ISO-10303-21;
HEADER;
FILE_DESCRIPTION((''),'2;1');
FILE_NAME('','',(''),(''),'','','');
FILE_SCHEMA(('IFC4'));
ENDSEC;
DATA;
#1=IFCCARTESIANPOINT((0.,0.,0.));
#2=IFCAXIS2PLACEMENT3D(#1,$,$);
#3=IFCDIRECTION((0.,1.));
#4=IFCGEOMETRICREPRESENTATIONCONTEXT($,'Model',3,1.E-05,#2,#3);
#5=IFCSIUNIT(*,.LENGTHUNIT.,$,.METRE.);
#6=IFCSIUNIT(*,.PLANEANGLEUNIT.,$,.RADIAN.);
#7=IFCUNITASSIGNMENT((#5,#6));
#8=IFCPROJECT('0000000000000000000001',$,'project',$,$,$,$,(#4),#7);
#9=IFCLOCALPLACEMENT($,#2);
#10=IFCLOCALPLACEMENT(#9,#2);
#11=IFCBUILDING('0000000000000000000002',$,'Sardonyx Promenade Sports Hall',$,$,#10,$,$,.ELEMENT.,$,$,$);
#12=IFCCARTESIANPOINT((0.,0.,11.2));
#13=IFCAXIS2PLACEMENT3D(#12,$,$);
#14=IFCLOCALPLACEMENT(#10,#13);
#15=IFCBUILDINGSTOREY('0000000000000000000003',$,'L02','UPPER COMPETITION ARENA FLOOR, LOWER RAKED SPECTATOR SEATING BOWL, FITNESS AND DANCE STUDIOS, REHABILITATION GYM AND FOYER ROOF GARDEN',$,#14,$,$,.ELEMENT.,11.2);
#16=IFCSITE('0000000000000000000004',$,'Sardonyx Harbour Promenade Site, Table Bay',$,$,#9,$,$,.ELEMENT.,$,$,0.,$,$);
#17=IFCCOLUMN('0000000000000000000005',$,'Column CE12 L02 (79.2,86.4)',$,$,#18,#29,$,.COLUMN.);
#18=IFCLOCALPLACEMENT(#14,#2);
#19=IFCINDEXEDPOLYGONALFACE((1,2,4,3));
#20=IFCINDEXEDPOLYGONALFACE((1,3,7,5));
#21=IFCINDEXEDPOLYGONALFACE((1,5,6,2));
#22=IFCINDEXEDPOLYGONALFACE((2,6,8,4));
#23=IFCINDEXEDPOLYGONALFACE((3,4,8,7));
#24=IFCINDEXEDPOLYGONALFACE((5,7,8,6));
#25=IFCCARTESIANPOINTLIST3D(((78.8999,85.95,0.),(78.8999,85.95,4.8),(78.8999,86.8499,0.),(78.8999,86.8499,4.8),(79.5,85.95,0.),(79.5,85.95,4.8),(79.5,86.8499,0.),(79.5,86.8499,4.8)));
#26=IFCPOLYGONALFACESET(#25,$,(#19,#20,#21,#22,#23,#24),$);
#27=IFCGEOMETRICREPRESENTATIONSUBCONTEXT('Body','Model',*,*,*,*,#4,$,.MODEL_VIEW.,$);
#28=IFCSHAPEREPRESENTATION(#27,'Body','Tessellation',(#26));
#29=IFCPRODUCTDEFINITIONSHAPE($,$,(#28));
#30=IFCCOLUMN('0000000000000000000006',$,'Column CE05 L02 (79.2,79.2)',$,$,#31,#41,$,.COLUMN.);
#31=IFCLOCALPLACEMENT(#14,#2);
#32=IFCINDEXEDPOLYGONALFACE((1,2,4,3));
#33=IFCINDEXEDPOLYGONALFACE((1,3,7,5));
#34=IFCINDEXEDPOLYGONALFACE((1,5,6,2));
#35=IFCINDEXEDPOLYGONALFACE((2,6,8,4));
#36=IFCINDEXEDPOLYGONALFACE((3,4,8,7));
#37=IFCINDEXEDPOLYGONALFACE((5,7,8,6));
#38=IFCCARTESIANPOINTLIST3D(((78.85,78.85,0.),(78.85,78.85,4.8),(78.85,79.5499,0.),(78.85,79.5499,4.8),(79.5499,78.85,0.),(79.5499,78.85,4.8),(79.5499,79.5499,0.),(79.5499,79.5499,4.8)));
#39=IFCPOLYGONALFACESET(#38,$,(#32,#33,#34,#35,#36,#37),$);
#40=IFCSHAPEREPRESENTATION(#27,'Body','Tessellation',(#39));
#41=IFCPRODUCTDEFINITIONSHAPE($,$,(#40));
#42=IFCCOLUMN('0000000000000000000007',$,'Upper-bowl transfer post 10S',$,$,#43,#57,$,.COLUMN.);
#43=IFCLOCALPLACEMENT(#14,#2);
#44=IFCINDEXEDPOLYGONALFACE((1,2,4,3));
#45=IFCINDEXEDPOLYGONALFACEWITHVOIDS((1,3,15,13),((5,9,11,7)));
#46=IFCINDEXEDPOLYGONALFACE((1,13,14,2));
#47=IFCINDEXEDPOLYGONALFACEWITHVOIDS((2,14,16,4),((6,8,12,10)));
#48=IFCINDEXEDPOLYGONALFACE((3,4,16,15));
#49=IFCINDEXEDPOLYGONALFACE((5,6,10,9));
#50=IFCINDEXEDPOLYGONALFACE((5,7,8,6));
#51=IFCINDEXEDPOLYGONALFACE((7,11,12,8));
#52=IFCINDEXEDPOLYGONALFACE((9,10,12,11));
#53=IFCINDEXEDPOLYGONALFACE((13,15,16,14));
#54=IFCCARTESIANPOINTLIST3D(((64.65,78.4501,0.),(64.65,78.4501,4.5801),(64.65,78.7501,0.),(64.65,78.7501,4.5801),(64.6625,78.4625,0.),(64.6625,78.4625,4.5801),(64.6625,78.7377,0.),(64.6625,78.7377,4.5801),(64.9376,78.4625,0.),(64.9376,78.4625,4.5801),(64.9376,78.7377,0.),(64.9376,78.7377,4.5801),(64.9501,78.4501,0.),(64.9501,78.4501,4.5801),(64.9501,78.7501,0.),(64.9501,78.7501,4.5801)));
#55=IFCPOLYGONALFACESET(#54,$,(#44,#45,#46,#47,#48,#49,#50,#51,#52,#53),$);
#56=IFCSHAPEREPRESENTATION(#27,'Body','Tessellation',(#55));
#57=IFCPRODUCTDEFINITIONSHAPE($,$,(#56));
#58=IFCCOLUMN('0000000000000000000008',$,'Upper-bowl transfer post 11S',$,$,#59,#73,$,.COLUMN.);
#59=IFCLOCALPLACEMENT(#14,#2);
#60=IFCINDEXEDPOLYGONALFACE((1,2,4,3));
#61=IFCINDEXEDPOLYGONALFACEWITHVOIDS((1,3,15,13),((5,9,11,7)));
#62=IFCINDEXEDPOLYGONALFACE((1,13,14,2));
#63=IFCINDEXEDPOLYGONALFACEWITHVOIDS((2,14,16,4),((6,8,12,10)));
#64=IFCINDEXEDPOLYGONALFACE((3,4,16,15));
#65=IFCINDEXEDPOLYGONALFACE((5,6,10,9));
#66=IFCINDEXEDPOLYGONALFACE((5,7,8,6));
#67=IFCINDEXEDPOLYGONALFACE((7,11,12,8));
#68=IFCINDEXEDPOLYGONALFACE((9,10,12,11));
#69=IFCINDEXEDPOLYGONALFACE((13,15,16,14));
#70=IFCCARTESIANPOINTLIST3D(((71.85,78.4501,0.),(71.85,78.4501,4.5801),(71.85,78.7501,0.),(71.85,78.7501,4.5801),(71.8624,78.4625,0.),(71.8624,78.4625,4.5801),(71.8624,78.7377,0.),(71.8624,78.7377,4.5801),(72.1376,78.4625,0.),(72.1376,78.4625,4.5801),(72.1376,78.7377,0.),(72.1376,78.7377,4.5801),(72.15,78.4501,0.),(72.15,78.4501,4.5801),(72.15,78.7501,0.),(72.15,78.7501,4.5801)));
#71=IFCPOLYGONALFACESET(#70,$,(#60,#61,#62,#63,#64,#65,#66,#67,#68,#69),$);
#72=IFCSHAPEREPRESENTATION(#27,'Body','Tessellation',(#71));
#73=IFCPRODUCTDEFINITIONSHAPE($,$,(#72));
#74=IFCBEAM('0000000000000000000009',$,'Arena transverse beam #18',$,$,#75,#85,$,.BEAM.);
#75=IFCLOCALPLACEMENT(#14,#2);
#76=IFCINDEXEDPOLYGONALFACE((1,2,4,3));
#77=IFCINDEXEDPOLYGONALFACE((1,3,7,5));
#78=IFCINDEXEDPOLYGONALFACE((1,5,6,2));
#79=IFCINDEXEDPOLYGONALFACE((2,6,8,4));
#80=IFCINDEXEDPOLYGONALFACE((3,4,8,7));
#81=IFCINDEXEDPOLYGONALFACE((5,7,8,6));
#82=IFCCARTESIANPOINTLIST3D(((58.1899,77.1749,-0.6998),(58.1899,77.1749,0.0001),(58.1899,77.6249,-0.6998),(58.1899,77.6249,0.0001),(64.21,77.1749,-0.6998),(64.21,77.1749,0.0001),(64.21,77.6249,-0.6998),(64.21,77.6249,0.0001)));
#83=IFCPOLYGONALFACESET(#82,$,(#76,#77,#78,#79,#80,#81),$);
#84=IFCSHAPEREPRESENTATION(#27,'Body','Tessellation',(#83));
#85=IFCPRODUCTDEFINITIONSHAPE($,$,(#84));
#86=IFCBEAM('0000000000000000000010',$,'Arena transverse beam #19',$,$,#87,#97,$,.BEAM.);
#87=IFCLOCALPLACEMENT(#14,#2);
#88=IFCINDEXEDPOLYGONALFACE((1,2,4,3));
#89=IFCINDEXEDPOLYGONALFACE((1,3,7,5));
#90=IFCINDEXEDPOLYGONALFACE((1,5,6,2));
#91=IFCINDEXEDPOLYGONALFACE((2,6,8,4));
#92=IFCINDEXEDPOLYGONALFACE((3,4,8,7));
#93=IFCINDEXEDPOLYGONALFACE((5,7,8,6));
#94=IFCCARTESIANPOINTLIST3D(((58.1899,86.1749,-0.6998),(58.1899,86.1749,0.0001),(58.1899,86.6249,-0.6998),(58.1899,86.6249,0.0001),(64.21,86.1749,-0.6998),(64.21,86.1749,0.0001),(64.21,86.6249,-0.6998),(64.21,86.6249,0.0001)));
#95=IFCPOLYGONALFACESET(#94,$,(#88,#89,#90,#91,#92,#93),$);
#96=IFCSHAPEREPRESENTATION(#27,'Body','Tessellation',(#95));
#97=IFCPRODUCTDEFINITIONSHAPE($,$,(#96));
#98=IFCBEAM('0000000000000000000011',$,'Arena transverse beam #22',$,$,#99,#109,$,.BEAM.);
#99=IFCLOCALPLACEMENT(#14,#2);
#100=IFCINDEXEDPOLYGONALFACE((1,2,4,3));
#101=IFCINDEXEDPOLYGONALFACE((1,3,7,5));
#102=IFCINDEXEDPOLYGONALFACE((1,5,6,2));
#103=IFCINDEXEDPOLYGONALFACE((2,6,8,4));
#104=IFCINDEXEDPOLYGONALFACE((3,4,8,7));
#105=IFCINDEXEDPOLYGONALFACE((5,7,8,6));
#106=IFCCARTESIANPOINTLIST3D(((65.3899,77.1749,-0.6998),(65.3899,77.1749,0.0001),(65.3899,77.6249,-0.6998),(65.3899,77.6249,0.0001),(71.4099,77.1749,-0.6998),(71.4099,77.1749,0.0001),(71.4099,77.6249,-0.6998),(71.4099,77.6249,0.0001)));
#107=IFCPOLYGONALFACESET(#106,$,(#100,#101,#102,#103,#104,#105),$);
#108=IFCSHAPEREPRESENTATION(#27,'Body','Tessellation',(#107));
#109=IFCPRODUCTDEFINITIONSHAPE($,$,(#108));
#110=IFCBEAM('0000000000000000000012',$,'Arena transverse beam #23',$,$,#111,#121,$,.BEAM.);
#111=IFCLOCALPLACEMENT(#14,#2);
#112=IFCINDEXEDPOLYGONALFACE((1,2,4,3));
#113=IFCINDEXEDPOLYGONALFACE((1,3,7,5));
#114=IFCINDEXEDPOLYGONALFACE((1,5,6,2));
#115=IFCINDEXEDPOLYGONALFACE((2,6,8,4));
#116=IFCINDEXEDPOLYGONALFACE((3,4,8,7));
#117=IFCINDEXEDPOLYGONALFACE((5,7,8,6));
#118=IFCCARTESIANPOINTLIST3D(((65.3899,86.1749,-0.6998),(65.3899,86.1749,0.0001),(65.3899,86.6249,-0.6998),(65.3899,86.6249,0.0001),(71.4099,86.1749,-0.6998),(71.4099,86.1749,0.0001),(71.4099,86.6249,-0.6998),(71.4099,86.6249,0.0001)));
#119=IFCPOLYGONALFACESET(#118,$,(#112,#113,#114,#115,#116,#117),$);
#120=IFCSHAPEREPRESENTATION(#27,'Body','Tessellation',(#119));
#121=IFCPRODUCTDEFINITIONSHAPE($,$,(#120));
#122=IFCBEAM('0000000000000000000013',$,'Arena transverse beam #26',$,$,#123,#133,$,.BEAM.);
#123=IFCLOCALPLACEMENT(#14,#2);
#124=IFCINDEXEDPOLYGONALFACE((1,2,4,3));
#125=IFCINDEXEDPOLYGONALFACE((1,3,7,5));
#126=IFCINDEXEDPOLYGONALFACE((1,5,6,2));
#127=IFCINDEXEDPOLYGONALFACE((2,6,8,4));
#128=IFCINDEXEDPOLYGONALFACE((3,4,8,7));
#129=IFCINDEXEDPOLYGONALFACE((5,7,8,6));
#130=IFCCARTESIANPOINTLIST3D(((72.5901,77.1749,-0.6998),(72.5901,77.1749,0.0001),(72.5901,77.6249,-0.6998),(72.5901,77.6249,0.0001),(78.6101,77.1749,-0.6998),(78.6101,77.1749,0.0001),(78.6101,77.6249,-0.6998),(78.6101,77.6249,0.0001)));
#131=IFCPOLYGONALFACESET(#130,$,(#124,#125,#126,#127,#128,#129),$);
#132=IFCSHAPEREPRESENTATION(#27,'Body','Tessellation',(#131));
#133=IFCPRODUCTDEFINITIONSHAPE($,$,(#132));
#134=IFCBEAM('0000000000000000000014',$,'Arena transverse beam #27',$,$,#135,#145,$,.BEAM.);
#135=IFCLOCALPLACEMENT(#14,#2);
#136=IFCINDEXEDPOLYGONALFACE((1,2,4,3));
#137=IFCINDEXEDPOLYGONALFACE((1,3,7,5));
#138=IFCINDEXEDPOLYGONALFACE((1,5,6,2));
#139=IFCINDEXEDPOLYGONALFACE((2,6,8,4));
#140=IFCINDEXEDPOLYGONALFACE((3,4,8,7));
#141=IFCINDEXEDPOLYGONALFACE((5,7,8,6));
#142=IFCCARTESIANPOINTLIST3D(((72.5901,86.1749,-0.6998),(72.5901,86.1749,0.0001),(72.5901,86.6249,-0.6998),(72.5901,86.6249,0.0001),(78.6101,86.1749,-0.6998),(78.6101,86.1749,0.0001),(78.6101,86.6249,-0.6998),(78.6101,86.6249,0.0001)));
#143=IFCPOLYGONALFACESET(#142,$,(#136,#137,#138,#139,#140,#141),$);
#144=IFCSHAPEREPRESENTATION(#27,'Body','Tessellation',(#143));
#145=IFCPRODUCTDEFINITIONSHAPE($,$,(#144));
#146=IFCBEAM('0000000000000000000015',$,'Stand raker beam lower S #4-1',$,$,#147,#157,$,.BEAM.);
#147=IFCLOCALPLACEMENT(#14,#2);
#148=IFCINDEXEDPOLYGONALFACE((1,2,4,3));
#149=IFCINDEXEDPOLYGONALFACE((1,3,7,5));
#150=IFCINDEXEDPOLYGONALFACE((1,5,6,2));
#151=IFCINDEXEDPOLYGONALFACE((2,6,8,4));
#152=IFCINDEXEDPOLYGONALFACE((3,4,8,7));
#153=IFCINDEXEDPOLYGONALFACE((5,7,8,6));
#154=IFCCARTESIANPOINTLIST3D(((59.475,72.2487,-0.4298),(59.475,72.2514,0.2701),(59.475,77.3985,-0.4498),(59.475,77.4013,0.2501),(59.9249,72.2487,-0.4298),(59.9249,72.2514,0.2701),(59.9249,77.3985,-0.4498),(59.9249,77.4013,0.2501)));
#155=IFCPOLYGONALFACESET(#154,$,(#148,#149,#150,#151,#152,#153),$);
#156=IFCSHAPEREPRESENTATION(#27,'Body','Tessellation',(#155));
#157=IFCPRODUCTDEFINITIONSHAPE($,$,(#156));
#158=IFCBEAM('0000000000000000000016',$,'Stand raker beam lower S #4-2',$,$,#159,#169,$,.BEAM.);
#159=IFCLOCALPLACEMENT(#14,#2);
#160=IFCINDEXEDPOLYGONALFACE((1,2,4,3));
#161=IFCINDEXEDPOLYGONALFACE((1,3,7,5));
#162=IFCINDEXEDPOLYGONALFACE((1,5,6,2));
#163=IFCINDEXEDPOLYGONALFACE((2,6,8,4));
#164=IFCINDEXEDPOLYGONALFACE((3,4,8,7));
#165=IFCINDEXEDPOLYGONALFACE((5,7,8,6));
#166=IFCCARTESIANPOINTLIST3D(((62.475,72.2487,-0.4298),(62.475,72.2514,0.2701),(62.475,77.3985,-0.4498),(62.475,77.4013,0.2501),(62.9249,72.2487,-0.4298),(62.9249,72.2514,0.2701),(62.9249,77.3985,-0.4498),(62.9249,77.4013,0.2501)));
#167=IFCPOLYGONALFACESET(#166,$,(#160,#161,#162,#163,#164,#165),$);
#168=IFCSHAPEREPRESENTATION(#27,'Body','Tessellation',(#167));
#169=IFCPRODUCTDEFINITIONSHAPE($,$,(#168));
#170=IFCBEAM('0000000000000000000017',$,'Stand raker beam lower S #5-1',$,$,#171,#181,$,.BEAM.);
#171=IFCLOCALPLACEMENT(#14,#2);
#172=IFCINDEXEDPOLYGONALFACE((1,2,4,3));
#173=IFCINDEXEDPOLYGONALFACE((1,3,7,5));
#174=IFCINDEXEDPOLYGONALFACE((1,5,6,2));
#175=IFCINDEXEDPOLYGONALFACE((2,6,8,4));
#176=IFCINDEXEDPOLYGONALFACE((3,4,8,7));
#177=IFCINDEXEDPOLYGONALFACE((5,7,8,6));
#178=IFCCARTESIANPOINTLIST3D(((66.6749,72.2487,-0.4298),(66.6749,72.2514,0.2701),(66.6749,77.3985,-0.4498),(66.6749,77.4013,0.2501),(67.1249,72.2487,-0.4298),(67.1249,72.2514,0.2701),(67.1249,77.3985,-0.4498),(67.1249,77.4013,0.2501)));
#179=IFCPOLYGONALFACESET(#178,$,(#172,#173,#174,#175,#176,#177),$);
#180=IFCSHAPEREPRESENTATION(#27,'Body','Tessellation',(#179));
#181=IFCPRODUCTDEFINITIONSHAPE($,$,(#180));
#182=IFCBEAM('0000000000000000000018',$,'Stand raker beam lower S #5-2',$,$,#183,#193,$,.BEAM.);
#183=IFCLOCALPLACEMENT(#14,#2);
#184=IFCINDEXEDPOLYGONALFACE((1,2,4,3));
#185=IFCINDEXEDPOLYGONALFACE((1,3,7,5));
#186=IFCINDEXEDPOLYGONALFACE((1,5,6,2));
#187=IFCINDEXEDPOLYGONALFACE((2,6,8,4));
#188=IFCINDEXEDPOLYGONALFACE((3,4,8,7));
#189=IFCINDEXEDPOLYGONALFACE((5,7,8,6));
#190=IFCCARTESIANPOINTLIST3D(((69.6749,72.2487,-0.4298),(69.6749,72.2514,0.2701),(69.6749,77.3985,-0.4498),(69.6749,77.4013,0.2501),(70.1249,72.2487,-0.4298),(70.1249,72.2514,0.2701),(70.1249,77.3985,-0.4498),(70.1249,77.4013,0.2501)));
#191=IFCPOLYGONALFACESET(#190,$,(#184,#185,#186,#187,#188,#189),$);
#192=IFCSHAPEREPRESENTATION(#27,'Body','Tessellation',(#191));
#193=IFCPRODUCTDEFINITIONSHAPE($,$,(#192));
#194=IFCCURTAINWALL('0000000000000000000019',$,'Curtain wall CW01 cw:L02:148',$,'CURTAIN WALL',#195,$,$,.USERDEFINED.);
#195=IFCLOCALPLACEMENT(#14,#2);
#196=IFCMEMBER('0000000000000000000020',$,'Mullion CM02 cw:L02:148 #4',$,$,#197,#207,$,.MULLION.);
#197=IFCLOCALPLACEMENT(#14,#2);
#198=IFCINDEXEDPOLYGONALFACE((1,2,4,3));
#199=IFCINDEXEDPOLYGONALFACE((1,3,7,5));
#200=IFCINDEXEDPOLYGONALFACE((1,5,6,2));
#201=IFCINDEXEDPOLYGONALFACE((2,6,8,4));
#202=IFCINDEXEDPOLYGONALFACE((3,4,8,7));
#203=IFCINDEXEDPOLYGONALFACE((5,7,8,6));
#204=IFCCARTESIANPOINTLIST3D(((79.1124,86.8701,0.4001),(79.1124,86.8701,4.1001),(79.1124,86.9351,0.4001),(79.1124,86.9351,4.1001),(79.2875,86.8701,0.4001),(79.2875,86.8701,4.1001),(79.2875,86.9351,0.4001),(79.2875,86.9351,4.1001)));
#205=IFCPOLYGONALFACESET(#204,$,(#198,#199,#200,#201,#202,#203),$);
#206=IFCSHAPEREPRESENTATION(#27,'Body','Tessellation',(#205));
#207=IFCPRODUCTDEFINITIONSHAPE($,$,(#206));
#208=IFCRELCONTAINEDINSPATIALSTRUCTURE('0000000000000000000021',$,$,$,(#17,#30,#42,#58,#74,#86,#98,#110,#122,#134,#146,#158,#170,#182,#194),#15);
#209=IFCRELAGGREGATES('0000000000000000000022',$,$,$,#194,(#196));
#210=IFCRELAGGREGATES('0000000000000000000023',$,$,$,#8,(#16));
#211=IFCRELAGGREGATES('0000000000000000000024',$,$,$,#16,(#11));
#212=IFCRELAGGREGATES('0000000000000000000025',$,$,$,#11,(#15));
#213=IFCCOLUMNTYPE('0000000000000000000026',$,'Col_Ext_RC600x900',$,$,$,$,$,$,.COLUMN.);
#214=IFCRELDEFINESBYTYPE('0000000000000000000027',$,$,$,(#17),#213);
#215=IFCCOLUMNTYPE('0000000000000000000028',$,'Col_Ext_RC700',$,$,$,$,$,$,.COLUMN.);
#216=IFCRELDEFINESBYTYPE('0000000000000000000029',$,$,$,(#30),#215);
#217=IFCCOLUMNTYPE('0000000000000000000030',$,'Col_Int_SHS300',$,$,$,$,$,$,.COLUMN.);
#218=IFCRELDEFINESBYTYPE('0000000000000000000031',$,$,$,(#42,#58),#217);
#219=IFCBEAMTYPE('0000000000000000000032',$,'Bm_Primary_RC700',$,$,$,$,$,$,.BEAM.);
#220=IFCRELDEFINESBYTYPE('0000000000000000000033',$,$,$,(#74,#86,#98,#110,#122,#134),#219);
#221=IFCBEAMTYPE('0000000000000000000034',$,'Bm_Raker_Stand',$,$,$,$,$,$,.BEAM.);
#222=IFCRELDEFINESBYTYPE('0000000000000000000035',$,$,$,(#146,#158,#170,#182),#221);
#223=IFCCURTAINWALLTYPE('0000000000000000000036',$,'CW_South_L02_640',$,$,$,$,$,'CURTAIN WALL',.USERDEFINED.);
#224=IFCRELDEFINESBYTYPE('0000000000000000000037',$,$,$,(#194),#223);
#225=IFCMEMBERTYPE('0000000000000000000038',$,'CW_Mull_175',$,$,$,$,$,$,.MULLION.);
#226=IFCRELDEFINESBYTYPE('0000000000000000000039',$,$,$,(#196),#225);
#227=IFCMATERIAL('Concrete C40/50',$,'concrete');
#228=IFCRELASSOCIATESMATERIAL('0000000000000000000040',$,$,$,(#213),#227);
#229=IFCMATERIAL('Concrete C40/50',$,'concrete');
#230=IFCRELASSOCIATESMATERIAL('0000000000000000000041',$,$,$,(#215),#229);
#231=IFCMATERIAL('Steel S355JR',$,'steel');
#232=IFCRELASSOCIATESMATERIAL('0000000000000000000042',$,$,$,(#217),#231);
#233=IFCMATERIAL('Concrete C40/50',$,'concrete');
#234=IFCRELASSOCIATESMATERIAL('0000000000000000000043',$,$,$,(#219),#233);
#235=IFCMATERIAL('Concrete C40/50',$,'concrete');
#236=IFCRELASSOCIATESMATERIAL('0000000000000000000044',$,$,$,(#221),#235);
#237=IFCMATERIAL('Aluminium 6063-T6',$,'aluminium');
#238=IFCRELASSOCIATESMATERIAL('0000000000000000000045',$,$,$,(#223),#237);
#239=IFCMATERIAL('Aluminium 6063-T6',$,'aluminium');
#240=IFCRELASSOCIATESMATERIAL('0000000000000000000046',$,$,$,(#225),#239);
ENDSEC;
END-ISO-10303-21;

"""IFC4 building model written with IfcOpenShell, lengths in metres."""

from ifc_helpers import new_model, si_unit, direction, frame, origin, origin_2d, place, context, subcontext, project, spatial, rectangle, hollow_rectangle, extrude, material, material_profile, profile_set, type_object, element, aggregate, save


model = new_model("IFC4")

# Units and contexts
model_context = context("Model", 3, precision=1e-05, world=origin(), true_north=direction((0.0, 1.0)))
body_context = subcontext(model_context, "Body", "Model", "MODEL_VIEW")
ifc_project = project(units=[si_unit("LENGTHUNIT", "METRE"), si_unit("PLANEANGLEUNIT", "RADIAN")], contexts=[model_context])

# Site, building, storey
site_placement = place(None, origin())
site = spatial("IfcSite", under=ifc_project, at=site_placement, Name="Sardonyx Harbour Promenade Site, Table Bay", CompositionType="ELEMENT", RefElevation=0.0)
building_placement = place(site_placement, origin())
building = spatial("IfcBuilding", under=site, at=building_placement, Name="Sardonyx Promenade Sports Hall", CompositionType="ELEMENT")
storey_placement = place(building_placement, frame((0.0, 0.0, 11.2)))
storey = spatial("IfcBuildingStorey", under=building, at=storey_placement, Name="L02", Description="UPPER COMPETITION ARENA FLOOR, LOWER RAKED SPECTATOR SEATING BOWL, FITNESS AND DANCE STUDIOS, REHABILITATION GYM AND FOYER ROOF GARDEN", CompositionType="ELEMENT", Elevation=11.2)

# Columns
ifc_material_1 = material(Name="Concrete C40/50", Category="concrete")
ifc_material_profile_1 = material_profile(ifc_material_1, rectangle(XDim=0.6001, YDim=0.8999, at=origin_2d()))
ifc_profile_set_1 = profile_set([ifc_material_profile_1], Name="Concrete C40/50")
column_type_1 = type_object("IfcColumnType", Name="Col_Ext_RC600x900", PredefinedType="COLUMN", material=ifc_profile_set_1)
column_1_placement = place(storey_placement, frame((79.2, 86.3999, 0.0), z_axis=(0.0, 0.0, 1.0), x_axis=(1.0, 0.0, 0.0)))
element("IfcColumn", 1, at=column_1_placement, inside=storey, type_object=column_type_1, Name="Column CE12 L02 (79.2,86.4)", PredefinedType="COLUMN", context=body_context, shape_type="SweptSolid", body=[
    extrude(rectangle(XDim=0.6001, YDim=0.8999, at=origin_2d()), origin(), (0.0, 0.0, 1.0), 4.8),
])
ifc_material_2 = material(Name="Concrete C40/50", Category="concrete")
ifc_material_profile_2 = material_profile(ifc_material_2, rectangle(XDim=0.7, YDim=0.7, at=origin_2d()))
ifc_profile_set_2 = profile_set([ifc_material_profile_2], Name="Concrete C40/50")
column_type_2 = type_object("IfcColumnType", Name="Col_Ext_RC700", PredefinedType="COLUMN", material=ifc_profile_set_2)
column_2_placement = place(storey_placement, frame((79.2, 79.2, 0.0), z_axis=(0.0, 0.0, 1.0), x_axis=(1.0, 0.0, 0.0)))
element("IfcColumn", 2, at=column_2_placement, inside=storey, type_object=column_type_2, Name="Column CE05 L02 (79.2,79.2)", PredefinedType="COLUMN", context=body_context, shape_type="SweptSolid", body=[
    extrude(rectangle(XDim=0.7, YDim=0.7, at=origin_2d()), origin(), (0.0, 0.0, 1.0), 4.8),
])
ifc_material_3 = material(Name="Steel S355JR", Category="steel")
ifc_material_profile_3 = material_profile(ifc_material_3, hollow_rectangle(XDim=0.3, YDim=0.3, WallThickness=0.0125, at=origin_2d()))
ifc_profile_set_3 = profile_set([ifc_material_profile_3], Name="Steel S355JR")
column_type_3 = type_object("IfcColumnType", Name="Col_Int_SHS300", PredefinedType="COLUMN", material=ifc_profile_set_3)
for number, where, z_axis, x_axis, name in (
    (3, (64.8, 78.6001, 0.0), (0.0, 0.0, 1.0), (1.0, 0.0, 0.0), "Upper-bowl transfer post 10S"),
    (4, (72.0, 78.6001, 0.0), (0.0, 0.0, 1.0), (1.0, 0.0, 0.0), "Upper-bowl transfer post 11S"),
):
    element("IfcColumn", number, at=place(storey_placement, frame(where, z_axis=z_axis, x_axis=x_axis)), inside=storey, type_object=column_type_3, Name=name, PredefinedType="COLUMN", context=body_context, shape_type="SweptSolid", body=[
        extrude(hollow_rectangle(XDim=0.3, YDim=0.3, WallThickness=0.0125, at=origin_2d()), origin(), (0.0, 0.0, 1.0), 4.5801),
    ])

# Beams
ifc_material_4 = material(Name="Concrete C40/50", Category="concrete")
ifc_material_profile_4 = material_profile(ifc_material_4, rectangle(XDim=0.45, YDim=0.7, at=origin_2d()))
ifc_profile_set_4 = profile_set([ifc_material_profile_4], Name="Concrete C40/50")
beam_type_1 = type_object("IfcBeamType", Name="Bm_Primary_RC700", PredefinedType="BEAM", material=ifc_profile_set_4)
for number, where, z_axis, x_axis, name in (
    (5, (58.1899, 77.3999, -0.3499), (1.0, 0.0, 0.0), (0.0, 1.0, 0.0), "Arena transverse beam #18"),
    (6, (58.1899, 86.3999, -0.3499), (1.0, 0.0, 0.0), (0.0, 1.0, 0.0), "Arena transverse beam #19"),
    (7, (65.3899, 77.3999, -0.3499), (1.0, 0.0, 0.0), (0.0, 1.0, 0.0), "Arena transverse beam #22"),
    (8, (65.3899, 86.3999, -0.3499), (1.0, 0.0, 0.0), (0.0, 1.0, 0.0), "Arena transverse beam #23"),
    (9, (72.5901, 77.3999, -0.3499), (1.0, 0.0, 0.0), (0.0, 1.0, 0.0), "Arena transverse beam #26"),
    (10, (72.5901, 86.3999, -0.3499), (1.0, 0.0, 0.0), (0.0, 1.0, 0.0), "Arena transverse beam #27"),
):
    element("IfcBeam", number, at=place(storey_placement, frame(where, z_axis=z_axis, x_axis=x_axis)), inside=storey, type_object=beam_type_1, Name=name, PredefinedType="BEAM", context=body_context, shape_type="SweptSolid", body=[
        extrude(rectangle(XDim=0.45, YDim=0.7, at=origin_2d()), origin(), (0.0, 0.0, 1.0), 6.02),
    ])
ifc_material_5 = material(Name="Concrete C40/50", Category="concrete")
ifc_material_profile_5 = material_profile(ifc_material_5, rectangle(XDim=0.45, YDim=0.7, at=origin_2d()))
ifc_profile_set_5 = profile_set([ifc_material_profile_5], Name="Concrete C40/50")
beam_type_2 = type_object("IfcBeamType", Name="Bm_Raker_Stand", PredefinedType="BEAM", material=ifc_profile_set_5)
for number, where, z_axis, x_axis, name in (
    (11, (59.7, 77.3999, -0.0999), (0.0, -0.999992, 0.003887), (1.0, 0.0, 0.0), "Stand raker beam lower S #4-1"),
    (12, (62.7, 77.3999, -0.0999), (0.0, -0.999992, 0.003887), (1.0, 0.0, 0.0), "Stand raker beam lower S #4-2"),
    (13, (66.8999, 77.3999, -0.0999), (0.0, -0.999992, 0.003887), (1.0, 0.0, 0.0), "Stand raker beam lower S #5-1"),
    (14, (69.8999, 77.3999, -0.0999), (0.0, -0.999992, 0.003887), (1.0, 0.0, 0.0), "Stand raker beam lower S #5-2"),
):
    element("IfcBeam", number, at=place(storey_placement, frame(where, z_axis=z_axis, x_axis=x_axis)), inside=storey, type_object=beam_type_2, Name=name, PredefinedType="BEAM", context=body_context, shape_type="SweptSolid", body=[
        extrude(rectangle(XDim=0.45, YDim=0.7, at=origin_2d()), origin(), (0.0, 0.0, 1.0), 5.1499),
    ])

# Curtain wall, member
ifc_material_6 = material(Name="Aluminium 6063-T6", Category="aluminium")
curtain_wall_type = type_object("IfcCurtainWallType", Name="CW_South_L02_640", ElementType="CURTAIN WALL", PredefinedType="USERDEFINED", material=ifc_material_6)
curtain_wall_1_placement = place(storey_placement, origin())
curtain_wall_1 = element("IfcCurtainWall", 15, at=curtain_wall_1_placement, inside=storey, type_object=curtain_wall_type, Name="Curtain wall CW01 cw:L02:148", ObjectType="CURTAIN WALL", PredefinedType="USERDEFINED")
ifc_material_7 = material(Name="Aluminium 6063-T6", Category="aluminium")
ifc_material_profile_6 = material_profile(ifc_material_7, rectangle(XDim=0.0649, YDim=0.175, at=origin_2d()))
ifc_profile_set_6 = profile_set([ifc_material_profile_6], Name="Aluminium 6063-T6")
member_type_1 = type_object("IfcMemberType", Name="CW_Mull_175", PredefinedType="MULLION", material=ifc_profile_set_6)
member_1_placement = place(storey_placement, frame((79.2, 86.9026, 0.4001), z_axis=(0.0, 0.0, 1.0), x_axis=(0.0, -1.0, 0.0)))
member_1 = element("IfcMember", 16, at=member_1_placement, type_object=member_type_1, Name="Mullion CM02 cw:L02:148 #4", PredefinedType="MULLION", context=body_context, shape_type="SweptSolid", body=[
    extrude(rectangle(XDim=0.0649, YDim=0.175, at=origin_2d()), origin(), (0.0, 0.0, 1.0), 3.7),
])

aggregate(curtain_wall_1, [member_1])

save(model, "model.ifc")
